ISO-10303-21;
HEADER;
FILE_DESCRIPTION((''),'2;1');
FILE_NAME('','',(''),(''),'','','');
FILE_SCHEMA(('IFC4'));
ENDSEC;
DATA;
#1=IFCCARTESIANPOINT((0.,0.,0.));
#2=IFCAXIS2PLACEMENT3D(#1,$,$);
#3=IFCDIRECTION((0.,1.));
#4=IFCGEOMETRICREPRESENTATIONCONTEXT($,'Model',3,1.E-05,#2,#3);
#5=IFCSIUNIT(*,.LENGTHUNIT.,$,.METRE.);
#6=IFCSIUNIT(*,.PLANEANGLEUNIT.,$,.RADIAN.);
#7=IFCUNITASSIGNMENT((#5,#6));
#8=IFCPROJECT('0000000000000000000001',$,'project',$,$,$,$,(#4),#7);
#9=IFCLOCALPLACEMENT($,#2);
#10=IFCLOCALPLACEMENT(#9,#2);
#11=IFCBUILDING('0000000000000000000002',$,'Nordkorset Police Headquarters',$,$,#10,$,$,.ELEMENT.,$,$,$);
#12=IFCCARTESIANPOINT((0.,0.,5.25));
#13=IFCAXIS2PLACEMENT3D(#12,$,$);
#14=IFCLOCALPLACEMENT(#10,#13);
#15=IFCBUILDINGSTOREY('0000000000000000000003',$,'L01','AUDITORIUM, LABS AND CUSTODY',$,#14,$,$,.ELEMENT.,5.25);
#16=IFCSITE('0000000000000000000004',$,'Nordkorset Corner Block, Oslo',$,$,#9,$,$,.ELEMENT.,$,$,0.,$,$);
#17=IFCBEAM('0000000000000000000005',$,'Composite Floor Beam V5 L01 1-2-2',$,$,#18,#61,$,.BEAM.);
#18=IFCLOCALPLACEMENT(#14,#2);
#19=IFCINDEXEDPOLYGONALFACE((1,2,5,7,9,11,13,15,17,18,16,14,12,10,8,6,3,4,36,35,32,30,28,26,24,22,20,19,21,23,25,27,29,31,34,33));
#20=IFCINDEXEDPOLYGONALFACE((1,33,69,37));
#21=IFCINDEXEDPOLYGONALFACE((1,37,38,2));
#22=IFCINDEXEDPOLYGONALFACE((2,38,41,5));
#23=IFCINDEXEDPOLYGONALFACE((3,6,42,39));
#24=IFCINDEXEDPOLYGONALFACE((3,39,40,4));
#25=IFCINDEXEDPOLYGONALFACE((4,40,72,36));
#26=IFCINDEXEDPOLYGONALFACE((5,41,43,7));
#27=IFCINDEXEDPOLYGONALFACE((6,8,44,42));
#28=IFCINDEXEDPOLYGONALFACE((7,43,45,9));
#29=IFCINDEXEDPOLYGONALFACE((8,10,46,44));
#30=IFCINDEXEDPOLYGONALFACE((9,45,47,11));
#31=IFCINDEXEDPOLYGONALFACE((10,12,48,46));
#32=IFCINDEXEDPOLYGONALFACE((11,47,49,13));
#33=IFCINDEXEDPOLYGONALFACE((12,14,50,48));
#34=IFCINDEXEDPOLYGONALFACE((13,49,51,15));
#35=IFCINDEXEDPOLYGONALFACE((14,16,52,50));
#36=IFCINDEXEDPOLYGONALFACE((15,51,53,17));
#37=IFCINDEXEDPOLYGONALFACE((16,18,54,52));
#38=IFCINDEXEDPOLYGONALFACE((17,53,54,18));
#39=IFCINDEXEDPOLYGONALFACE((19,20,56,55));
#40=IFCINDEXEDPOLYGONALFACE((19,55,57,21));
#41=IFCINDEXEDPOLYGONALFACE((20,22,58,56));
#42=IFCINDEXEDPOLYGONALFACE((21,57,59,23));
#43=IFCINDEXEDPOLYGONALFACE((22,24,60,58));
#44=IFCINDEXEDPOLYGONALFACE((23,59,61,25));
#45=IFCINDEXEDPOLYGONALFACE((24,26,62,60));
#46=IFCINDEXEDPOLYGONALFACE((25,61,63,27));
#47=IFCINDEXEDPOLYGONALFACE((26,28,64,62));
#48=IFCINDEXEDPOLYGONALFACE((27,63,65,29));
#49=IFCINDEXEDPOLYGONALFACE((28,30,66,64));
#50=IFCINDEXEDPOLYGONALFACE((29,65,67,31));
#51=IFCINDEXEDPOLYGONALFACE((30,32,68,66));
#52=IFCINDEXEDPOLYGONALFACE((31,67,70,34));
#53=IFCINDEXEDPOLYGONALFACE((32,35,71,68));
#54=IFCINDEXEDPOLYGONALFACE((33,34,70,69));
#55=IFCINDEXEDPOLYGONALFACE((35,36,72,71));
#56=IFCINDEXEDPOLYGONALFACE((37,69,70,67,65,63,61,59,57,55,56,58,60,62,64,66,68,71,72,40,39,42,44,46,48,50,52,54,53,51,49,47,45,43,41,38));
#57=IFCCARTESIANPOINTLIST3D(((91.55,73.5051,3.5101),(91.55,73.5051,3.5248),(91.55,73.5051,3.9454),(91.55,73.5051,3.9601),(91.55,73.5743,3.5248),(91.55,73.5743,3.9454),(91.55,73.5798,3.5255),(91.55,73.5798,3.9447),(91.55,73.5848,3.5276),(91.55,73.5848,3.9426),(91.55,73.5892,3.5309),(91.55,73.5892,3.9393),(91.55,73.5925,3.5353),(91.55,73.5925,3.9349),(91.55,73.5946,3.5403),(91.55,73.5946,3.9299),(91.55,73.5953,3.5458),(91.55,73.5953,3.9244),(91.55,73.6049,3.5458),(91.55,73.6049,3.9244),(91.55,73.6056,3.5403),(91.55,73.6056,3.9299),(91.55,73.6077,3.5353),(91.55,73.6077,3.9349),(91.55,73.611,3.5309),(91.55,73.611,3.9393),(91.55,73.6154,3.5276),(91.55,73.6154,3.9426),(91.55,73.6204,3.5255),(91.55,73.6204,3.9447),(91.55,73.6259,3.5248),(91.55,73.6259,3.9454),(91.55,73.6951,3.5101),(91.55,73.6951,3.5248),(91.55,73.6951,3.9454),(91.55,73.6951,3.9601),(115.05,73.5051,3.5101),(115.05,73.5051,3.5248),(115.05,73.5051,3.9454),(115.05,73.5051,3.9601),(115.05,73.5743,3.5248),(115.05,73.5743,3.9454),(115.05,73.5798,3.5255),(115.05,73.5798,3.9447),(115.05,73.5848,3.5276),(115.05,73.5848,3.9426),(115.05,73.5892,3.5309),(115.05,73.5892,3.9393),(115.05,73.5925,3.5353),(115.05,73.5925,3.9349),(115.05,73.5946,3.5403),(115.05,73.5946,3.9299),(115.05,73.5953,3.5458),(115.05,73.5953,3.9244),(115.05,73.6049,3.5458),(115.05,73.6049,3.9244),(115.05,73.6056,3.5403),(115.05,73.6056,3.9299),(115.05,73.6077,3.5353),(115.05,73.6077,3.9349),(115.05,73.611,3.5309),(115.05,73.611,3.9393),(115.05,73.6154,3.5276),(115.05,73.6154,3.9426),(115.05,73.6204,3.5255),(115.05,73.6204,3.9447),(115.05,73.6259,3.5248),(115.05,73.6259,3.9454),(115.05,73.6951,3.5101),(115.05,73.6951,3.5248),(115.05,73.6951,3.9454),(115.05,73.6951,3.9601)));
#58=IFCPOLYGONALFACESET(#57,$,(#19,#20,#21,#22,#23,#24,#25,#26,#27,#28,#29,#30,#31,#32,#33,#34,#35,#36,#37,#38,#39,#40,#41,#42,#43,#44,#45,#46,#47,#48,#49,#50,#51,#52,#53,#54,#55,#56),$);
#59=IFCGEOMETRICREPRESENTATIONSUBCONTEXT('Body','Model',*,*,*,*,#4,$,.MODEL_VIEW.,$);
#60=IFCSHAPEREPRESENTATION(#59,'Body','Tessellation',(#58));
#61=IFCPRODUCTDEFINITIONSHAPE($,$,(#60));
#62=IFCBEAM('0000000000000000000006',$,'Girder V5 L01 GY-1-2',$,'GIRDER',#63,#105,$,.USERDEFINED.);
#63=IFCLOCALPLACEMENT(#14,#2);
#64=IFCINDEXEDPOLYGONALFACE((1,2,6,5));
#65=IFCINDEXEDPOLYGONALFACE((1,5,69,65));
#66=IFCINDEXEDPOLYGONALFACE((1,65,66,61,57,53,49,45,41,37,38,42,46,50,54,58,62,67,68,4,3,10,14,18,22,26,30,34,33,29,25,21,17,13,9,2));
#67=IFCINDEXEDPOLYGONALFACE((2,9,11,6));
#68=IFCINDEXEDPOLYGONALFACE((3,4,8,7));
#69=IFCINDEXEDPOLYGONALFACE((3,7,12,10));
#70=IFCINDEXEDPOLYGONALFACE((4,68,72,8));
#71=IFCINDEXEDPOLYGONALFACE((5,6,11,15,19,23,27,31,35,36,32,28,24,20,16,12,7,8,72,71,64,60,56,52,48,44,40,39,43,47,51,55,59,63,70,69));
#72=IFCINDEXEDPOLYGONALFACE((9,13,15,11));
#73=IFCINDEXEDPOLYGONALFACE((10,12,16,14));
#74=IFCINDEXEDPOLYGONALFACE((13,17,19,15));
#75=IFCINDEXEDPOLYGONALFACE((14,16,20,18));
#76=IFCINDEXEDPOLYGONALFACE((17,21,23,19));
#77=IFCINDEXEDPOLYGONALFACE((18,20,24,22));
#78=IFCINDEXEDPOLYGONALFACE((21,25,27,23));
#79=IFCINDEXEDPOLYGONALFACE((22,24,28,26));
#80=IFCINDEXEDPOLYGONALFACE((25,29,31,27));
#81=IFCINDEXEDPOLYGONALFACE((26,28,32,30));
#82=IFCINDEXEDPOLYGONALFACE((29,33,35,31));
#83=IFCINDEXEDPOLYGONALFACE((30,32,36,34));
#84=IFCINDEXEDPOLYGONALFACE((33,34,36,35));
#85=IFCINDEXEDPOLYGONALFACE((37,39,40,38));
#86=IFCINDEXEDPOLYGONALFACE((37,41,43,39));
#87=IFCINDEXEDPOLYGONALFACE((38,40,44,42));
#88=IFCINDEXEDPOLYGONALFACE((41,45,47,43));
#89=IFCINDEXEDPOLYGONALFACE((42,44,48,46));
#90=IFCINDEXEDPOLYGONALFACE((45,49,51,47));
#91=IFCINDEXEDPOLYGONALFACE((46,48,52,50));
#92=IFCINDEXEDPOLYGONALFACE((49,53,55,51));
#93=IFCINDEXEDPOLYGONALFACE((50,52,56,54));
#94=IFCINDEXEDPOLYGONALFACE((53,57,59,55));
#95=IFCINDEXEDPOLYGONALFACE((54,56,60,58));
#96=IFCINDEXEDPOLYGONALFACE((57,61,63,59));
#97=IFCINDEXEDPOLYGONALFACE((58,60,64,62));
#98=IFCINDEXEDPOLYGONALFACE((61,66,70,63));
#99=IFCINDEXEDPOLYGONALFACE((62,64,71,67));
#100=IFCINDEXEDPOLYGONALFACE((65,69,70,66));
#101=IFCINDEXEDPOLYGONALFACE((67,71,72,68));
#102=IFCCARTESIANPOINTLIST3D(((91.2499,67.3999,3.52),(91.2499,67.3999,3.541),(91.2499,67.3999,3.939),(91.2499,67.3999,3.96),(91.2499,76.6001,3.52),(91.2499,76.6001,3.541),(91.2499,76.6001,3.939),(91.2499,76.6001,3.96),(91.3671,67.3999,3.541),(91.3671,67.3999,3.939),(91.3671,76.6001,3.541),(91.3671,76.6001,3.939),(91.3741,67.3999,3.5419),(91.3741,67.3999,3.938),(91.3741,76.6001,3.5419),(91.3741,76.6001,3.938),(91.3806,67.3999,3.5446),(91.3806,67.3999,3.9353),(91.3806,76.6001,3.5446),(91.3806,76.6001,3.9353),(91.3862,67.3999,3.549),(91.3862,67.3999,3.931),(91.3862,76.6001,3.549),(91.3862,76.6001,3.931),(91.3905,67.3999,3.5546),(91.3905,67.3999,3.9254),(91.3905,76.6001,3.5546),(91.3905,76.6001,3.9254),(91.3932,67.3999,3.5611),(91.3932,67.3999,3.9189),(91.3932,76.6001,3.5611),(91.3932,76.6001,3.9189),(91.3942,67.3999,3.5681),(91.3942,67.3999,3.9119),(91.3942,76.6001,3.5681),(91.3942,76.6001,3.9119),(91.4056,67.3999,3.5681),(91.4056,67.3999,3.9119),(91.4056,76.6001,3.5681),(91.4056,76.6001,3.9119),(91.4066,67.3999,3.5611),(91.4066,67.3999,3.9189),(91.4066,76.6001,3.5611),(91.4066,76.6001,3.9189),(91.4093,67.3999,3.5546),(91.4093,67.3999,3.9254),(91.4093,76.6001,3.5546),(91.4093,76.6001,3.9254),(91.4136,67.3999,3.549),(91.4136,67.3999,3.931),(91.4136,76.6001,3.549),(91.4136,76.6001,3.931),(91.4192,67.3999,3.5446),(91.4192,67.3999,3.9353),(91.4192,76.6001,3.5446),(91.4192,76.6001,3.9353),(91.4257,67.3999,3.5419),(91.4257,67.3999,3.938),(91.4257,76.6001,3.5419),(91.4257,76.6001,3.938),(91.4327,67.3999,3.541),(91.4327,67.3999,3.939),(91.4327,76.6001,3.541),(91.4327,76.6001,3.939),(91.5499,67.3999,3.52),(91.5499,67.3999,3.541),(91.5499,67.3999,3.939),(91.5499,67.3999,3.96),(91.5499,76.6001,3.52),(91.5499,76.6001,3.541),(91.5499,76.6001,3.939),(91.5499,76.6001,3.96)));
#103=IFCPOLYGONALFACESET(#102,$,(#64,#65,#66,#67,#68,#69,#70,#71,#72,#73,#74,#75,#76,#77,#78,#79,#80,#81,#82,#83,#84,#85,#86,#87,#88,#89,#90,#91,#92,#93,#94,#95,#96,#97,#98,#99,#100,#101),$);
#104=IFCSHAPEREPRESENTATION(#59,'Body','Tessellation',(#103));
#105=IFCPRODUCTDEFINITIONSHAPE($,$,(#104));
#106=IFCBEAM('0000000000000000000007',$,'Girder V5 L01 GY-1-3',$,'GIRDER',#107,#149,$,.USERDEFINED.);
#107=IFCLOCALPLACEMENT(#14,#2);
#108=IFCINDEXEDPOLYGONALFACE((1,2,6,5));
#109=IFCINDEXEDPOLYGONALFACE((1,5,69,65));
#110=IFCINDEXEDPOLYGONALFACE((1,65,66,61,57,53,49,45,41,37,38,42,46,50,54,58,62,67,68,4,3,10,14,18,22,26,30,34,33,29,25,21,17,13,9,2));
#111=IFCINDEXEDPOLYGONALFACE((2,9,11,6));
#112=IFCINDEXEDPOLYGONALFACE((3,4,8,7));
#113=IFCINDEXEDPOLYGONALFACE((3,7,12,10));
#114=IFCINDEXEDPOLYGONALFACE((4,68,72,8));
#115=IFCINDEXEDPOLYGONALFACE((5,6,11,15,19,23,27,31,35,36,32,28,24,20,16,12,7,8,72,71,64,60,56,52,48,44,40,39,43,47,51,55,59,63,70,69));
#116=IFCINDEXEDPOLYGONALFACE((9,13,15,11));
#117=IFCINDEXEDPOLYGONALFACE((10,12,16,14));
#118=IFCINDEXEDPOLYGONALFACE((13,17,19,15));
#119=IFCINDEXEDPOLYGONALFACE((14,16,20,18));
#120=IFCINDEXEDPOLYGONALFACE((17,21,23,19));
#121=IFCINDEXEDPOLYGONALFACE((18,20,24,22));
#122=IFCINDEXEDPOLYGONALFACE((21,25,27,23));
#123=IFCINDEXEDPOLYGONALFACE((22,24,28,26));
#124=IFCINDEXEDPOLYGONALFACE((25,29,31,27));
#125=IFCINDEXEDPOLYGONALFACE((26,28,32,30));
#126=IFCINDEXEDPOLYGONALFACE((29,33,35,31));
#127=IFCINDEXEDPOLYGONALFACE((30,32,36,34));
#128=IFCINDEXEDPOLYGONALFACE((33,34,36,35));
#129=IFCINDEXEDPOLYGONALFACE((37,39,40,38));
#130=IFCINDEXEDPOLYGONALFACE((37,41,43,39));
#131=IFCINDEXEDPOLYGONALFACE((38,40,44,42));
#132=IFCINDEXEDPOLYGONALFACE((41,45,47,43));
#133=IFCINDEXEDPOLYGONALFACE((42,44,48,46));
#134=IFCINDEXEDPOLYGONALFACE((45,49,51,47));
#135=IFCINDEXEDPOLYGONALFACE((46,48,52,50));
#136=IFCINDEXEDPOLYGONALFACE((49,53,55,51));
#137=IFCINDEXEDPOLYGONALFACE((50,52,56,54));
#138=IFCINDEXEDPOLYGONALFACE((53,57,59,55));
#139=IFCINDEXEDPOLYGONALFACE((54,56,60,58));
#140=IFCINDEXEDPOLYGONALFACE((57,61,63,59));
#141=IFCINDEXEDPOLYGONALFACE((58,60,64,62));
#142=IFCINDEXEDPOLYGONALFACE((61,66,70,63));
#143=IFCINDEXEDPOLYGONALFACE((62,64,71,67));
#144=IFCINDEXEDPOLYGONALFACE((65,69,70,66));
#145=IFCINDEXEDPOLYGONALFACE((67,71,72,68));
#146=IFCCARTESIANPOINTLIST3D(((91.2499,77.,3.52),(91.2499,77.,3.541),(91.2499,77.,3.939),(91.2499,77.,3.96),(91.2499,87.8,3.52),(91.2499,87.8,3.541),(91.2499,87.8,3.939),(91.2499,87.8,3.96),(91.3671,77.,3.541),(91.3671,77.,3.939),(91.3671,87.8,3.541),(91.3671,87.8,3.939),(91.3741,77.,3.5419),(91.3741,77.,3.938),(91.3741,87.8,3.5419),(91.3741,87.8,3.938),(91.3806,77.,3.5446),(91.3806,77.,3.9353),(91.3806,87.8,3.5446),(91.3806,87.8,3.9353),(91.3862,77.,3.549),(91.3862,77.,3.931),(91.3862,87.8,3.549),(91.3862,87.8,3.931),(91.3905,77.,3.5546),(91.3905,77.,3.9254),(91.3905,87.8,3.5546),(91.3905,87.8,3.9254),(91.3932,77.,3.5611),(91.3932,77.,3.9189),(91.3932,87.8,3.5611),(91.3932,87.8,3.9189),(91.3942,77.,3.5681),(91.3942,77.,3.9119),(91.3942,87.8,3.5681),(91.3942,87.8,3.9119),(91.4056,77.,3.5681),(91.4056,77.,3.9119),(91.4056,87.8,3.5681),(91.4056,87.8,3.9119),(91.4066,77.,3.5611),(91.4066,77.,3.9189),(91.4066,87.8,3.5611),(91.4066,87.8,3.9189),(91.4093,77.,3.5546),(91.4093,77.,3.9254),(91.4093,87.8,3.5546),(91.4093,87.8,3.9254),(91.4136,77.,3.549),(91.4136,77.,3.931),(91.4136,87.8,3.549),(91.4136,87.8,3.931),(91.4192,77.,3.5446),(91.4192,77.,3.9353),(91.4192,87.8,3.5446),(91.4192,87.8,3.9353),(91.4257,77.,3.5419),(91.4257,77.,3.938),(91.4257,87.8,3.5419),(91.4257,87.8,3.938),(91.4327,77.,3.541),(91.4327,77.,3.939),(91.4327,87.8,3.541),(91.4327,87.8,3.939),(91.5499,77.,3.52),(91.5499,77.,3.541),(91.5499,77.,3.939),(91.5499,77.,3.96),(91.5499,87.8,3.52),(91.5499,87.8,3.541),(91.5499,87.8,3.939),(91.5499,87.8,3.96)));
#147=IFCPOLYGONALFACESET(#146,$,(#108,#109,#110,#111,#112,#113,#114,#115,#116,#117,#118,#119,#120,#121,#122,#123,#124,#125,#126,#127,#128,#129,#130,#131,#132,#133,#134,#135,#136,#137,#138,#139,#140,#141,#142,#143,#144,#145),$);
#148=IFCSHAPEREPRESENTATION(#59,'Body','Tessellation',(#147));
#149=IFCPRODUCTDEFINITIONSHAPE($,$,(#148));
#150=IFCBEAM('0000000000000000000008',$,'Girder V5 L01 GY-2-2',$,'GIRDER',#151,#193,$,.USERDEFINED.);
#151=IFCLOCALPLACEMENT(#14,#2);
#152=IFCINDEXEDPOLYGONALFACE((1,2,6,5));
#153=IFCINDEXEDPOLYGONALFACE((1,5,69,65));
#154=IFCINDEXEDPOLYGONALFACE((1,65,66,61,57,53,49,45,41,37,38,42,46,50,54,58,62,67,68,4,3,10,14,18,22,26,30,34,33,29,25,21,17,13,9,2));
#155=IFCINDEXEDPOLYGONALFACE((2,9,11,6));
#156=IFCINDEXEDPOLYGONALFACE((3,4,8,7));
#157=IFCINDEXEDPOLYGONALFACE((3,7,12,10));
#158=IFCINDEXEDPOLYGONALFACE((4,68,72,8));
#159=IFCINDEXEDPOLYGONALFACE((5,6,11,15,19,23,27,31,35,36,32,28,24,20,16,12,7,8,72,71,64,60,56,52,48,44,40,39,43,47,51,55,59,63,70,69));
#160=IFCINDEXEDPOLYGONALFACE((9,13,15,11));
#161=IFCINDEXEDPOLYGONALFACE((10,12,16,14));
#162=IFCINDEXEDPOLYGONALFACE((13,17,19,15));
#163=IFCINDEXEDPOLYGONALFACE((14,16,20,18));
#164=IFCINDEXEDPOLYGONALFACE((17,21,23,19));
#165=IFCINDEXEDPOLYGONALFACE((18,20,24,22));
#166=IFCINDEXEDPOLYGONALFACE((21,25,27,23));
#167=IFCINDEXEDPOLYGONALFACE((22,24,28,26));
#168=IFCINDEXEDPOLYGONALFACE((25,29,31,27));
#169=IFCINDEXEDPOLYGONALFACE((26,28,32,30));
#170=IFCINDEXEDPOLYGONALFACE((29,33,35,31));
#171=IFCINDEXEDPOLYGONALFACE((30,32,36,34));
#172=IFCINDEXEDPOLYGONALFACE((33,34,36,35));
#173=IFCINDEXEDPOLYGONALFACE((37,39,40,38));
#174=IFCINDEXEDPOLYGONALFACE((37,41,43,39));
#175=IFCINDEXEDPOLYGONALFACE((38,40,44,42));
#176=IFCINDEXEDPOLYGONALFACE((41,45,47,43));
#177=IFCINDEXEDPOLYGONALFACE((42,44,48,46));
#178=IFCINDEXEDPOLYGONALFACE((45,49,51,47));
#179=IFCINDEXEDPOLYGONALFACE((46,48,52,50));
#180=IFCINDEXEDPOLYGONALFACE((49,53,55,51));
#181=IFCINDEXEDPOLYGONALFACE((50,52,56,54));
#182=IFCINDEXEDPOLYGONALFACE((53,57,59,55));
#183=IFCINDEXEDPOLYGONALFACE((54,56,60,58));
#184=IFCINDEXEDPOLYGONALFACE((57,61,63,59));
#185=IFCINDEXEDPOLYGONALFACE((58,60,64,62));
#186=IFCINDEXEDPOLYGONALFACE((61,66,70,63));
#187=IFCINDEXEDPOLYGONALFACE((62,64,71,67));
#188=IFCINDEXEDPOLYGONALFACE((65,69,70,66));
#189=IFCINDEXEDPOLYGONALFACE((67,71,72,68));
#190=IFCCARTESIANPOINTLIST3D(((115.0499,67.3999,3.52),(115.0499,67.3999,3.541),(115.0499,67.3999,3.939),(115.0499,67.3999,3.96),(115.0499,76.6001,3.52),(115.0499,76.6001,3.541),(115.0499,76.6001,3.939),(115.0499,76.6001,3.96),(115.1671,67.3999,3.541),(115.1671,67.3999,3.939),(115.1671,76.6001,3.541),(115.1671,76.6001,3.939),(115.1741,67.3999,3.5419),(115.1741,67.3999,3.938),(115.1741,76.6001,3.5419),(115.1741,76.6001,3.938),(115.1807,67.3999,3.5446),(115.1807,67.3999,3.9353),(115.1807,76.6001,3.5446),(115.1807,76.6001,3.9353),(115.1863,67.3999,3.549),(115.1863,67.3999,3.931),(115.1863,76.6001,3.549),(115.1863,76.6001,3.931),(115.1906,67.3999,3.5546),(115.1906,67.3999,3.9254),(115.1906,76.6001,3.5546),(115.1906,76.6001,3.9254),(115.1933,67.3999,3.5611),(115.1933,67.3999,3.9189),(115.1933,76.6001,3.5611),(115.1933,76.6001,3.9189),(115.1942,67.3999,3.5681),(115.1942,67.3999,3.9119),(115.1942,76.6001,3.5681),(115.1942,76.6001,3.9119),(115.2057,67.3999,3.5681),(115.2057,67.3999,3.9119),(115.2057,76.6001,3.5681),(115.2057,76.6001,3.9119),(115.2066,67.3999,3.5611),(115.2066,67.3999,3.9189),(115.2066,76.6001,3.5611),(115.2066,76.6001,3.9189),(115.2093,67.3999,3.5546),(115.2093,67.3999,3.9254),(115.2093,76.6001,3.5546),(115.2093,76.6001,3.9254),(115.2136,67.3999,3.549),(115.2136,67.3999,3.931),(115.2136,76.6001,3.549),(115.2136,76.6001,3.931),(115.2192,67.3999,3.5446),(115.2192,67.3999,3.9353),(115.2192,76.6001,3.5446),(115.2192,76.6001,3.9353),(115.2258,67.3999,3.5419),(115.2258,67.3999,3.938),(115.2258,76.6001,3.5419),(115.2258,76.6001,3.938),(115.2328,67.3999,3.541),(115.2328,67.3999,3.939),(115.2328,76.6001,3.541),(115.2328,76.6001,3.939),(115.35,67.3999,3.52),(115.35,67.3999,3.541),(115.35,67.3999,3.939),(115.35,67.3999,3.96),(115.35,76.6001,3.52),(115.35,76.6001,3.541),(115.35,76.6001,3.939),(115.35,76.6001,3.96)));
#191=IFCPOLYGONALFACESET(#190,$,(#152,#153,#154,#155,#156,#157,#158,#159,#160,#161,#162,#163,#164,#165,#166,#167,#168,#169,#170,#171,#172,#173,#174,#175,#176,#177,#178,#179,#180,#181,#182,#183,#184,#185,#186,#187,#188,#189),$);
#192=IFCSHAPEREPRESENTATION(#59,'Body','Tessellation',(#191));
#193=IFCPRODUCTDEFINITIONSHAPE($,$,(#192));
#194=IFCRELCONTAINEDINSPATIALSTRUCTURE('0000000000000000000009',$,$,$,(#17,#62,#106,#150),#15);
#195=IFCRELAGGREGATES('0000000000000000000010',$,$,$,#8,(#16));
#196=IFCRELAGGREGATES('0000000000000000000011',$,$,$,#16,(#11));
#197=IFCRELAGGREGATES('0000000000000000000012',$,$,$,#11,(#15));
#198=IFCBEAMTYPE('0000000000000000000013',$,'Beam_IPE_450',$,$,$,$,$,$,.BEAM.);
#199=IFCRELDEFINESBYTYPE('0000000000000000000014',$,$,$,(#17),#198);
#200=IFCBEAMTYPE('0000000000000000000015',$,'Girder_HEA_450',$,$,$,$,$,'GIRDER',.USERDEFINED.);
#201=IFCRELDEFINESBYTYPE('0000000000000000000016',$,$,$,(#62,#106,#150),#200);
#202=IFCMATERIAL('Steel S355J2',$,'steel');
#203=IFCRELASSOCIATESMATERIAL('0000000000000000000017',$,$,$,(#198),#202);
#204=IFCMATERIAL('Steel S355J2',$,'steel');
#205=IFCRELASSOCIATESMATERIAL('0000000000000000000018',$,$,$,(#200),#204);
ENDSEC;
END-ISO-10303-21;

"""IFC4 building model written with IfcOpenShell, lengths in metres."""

from ifc_helpers import new_model, si_unit, direction, frame, origin, origin_2d, place, context, subcontext, project, spatial, i_section, extrude, material, material_profile, profile_set, type_object, element, save


model = new_model("IFC4")

# Units and contexts
model_context = context("Model", 3, precision=1e-05, world=origin(), true_north=direction((0.0, 1.0)))
body_context = subcontext(model_context, "Body", "Model", "MODEL_VIEW")
ifc_project = project(units=[si_unit("LENGTHUNIT", "METRE"), si_unit("PLANEANGLEUNIT", "RADIAN")], contexts=[model_context])

# Site, building, storey
site_placement = place(None, origin())
site = spatial("IfcSite", under=ifc_project, at=site_placement, Name="Nordkorset Corner Block, Oslo", CompositionType="ELEMENT", RefElevation=0.0)
building_placement = place(site_placement, origin())
building = spatial("IfcBuilding", under=site, at=building_placement, Name="Nordkorset Police Headquarters", CompositionType="ELEMENT")
storey_placement = place(building_placement, frame((0.0, 0.0, 5.25)))
storey = spatial("IfcBuildingStorey", under=building, at=storey_placement, Name="L01", Description="AUDITORIUM, LABS AND CUSTODY", CompositionType="ELEMENT", Elevation=5.25)

# Beams
ifc_material_1 = material(Name="Steel S355J2", Category="steel")
ifc_material_profile_1 = material_profile(ifc_material_1, i_section(OverallWidth=0.1899, OverallDepth=0.45, WebThickness=0.0095, FlangeThickness=0.0146, FilletRadius=0.021, at=origin_2d()), Name="IPE 450")
ifc_profile_set_1 = profile_set([ifc_material_profile_1], Name="Steel S355J2")
beam_type_1 = type_object("IfcBeamType", Name="Beam_IPE_450", PredefinedType="BEAM", material=ifc_profile_set_1)
for number, where, z_axis, x_axis, name in (
    (1, (91.55, 73.6001, 3.7351), (1.0, 0.0, 0.0), (0.0, 1.0, 0.0), "Composite Floor Beam V5 L01 1-2-2"),
):
    element("IfcBeam", number, at=place(storey_placement, frame(where, z_axis=z_axis, x_axis=x_axis)), inside=storey, type_object=beam_type_1, Name=name, PredefinedType="BEAM", context=body_context, shape_type="SweptSolid", body=[
        extrude(i_section(OverallWidth=0.1899, OverallDepth=0.45, WebThickness=0.0095, FlangeThickness=0.0146, FilletRadius=0.021, at=origin_2d()), origin(), (0.0, 0.0, 1.0), 23.5),
    ])
ifc_material_2 = material(Name="Steel S355J2", Category="steel")
ifc_material_profile_2 = material_profile(ifc_material_2, i_section(OverallWidth=0.3, OverallDepth=0.4399, WebThickness=0.0115, FlangeThickness=0.021, FilletRadius=0.0271, at=origin_2d()), Name="HEA 450")
ifc_profile_set_2 = profile_set([ifc_material_profile_2], Name="Steel S355J2")
beam_type_2 = type_object("IfcBeamType", Name="Girder_HEA_450", ElementType="GIRDER", PredefinedType="USERDEFINED", material=ifc_profile_set_2)
beam_1_placement = place(storey_placement, frame((91.3999, 67.3999, 3.74), z_axis=(0.0, 1.0, 0.0), x_axis=(-1.0, 0.0, 0.0)))
element("IfcBeam", 2, at=beam_1_placement, inside=storey, type_object=beam_type_2, Name="Girder V5 L01 GY-1-2", ObjectType="GIRDER", PredefinedType="USERDEFINED", context=body_context, shape_type="SweptSolid", body=[
    extrude(i_section(OverallWidth=0.3, OverallDepth=0.4399, WebThickness=0.0115, FlangeThickness=0.021, FilletRadius=0.0271, at=origin_2d()), origin(), (0.0, 0.0, 1.0), 9.2002),
])
beam_2_placement = place(storey_placement, frame((91.3999, 77.0, 3.74), z_axis=(0.0, 1.0, 0.0), x_axis=(-1.0, 0.0, 0.0)))
element("IfcBeam", 3, at=beam_2_placement, inside=storey, type_object=beam_type_2, Name="Girder V5 L01 GY-1-3", ObjectType="GIRDER", PredefinedType="USERDEFINED", context=body_context, shape_type="SweptSolid", body=[
    extrude(i_section(OverallWidth=0.3, OverallDepth=0.4399, WebThickness=0.0115, FlangeThickness=0.021, FilletRadius=0.0271, at=origin_2d()), origin(), (0.0, 0.0, 1.0), 10.8),
])
beam_3_placement = place(storey_placement, frame((115.2, 67.3999, 3.74), z_axis=(0.0, 1.0, 0.0), x_axis=(-1.0, 0.0, 0.0)))
element("IfcBeam", 4, at=beam_3_placement, inside=storey, type_object=beam_type_2, Name="Girder V5 L01 GY-2-2", ObjectType="GIRDER", PredefinedType="USERDEFINED", context=body_context, shape_type="SweptSolid", body=[
    extrude(i_section(OverallWidth=0.3, OverallDepth=0.4399, WebThickness=0.0115, FlangeThickness=0.021, FilletRadius=0.0271, at=origin_2d()), origin(), (0.0, 0.0, 1.0), 9.2002),
])

save(model, "model.ifc")
